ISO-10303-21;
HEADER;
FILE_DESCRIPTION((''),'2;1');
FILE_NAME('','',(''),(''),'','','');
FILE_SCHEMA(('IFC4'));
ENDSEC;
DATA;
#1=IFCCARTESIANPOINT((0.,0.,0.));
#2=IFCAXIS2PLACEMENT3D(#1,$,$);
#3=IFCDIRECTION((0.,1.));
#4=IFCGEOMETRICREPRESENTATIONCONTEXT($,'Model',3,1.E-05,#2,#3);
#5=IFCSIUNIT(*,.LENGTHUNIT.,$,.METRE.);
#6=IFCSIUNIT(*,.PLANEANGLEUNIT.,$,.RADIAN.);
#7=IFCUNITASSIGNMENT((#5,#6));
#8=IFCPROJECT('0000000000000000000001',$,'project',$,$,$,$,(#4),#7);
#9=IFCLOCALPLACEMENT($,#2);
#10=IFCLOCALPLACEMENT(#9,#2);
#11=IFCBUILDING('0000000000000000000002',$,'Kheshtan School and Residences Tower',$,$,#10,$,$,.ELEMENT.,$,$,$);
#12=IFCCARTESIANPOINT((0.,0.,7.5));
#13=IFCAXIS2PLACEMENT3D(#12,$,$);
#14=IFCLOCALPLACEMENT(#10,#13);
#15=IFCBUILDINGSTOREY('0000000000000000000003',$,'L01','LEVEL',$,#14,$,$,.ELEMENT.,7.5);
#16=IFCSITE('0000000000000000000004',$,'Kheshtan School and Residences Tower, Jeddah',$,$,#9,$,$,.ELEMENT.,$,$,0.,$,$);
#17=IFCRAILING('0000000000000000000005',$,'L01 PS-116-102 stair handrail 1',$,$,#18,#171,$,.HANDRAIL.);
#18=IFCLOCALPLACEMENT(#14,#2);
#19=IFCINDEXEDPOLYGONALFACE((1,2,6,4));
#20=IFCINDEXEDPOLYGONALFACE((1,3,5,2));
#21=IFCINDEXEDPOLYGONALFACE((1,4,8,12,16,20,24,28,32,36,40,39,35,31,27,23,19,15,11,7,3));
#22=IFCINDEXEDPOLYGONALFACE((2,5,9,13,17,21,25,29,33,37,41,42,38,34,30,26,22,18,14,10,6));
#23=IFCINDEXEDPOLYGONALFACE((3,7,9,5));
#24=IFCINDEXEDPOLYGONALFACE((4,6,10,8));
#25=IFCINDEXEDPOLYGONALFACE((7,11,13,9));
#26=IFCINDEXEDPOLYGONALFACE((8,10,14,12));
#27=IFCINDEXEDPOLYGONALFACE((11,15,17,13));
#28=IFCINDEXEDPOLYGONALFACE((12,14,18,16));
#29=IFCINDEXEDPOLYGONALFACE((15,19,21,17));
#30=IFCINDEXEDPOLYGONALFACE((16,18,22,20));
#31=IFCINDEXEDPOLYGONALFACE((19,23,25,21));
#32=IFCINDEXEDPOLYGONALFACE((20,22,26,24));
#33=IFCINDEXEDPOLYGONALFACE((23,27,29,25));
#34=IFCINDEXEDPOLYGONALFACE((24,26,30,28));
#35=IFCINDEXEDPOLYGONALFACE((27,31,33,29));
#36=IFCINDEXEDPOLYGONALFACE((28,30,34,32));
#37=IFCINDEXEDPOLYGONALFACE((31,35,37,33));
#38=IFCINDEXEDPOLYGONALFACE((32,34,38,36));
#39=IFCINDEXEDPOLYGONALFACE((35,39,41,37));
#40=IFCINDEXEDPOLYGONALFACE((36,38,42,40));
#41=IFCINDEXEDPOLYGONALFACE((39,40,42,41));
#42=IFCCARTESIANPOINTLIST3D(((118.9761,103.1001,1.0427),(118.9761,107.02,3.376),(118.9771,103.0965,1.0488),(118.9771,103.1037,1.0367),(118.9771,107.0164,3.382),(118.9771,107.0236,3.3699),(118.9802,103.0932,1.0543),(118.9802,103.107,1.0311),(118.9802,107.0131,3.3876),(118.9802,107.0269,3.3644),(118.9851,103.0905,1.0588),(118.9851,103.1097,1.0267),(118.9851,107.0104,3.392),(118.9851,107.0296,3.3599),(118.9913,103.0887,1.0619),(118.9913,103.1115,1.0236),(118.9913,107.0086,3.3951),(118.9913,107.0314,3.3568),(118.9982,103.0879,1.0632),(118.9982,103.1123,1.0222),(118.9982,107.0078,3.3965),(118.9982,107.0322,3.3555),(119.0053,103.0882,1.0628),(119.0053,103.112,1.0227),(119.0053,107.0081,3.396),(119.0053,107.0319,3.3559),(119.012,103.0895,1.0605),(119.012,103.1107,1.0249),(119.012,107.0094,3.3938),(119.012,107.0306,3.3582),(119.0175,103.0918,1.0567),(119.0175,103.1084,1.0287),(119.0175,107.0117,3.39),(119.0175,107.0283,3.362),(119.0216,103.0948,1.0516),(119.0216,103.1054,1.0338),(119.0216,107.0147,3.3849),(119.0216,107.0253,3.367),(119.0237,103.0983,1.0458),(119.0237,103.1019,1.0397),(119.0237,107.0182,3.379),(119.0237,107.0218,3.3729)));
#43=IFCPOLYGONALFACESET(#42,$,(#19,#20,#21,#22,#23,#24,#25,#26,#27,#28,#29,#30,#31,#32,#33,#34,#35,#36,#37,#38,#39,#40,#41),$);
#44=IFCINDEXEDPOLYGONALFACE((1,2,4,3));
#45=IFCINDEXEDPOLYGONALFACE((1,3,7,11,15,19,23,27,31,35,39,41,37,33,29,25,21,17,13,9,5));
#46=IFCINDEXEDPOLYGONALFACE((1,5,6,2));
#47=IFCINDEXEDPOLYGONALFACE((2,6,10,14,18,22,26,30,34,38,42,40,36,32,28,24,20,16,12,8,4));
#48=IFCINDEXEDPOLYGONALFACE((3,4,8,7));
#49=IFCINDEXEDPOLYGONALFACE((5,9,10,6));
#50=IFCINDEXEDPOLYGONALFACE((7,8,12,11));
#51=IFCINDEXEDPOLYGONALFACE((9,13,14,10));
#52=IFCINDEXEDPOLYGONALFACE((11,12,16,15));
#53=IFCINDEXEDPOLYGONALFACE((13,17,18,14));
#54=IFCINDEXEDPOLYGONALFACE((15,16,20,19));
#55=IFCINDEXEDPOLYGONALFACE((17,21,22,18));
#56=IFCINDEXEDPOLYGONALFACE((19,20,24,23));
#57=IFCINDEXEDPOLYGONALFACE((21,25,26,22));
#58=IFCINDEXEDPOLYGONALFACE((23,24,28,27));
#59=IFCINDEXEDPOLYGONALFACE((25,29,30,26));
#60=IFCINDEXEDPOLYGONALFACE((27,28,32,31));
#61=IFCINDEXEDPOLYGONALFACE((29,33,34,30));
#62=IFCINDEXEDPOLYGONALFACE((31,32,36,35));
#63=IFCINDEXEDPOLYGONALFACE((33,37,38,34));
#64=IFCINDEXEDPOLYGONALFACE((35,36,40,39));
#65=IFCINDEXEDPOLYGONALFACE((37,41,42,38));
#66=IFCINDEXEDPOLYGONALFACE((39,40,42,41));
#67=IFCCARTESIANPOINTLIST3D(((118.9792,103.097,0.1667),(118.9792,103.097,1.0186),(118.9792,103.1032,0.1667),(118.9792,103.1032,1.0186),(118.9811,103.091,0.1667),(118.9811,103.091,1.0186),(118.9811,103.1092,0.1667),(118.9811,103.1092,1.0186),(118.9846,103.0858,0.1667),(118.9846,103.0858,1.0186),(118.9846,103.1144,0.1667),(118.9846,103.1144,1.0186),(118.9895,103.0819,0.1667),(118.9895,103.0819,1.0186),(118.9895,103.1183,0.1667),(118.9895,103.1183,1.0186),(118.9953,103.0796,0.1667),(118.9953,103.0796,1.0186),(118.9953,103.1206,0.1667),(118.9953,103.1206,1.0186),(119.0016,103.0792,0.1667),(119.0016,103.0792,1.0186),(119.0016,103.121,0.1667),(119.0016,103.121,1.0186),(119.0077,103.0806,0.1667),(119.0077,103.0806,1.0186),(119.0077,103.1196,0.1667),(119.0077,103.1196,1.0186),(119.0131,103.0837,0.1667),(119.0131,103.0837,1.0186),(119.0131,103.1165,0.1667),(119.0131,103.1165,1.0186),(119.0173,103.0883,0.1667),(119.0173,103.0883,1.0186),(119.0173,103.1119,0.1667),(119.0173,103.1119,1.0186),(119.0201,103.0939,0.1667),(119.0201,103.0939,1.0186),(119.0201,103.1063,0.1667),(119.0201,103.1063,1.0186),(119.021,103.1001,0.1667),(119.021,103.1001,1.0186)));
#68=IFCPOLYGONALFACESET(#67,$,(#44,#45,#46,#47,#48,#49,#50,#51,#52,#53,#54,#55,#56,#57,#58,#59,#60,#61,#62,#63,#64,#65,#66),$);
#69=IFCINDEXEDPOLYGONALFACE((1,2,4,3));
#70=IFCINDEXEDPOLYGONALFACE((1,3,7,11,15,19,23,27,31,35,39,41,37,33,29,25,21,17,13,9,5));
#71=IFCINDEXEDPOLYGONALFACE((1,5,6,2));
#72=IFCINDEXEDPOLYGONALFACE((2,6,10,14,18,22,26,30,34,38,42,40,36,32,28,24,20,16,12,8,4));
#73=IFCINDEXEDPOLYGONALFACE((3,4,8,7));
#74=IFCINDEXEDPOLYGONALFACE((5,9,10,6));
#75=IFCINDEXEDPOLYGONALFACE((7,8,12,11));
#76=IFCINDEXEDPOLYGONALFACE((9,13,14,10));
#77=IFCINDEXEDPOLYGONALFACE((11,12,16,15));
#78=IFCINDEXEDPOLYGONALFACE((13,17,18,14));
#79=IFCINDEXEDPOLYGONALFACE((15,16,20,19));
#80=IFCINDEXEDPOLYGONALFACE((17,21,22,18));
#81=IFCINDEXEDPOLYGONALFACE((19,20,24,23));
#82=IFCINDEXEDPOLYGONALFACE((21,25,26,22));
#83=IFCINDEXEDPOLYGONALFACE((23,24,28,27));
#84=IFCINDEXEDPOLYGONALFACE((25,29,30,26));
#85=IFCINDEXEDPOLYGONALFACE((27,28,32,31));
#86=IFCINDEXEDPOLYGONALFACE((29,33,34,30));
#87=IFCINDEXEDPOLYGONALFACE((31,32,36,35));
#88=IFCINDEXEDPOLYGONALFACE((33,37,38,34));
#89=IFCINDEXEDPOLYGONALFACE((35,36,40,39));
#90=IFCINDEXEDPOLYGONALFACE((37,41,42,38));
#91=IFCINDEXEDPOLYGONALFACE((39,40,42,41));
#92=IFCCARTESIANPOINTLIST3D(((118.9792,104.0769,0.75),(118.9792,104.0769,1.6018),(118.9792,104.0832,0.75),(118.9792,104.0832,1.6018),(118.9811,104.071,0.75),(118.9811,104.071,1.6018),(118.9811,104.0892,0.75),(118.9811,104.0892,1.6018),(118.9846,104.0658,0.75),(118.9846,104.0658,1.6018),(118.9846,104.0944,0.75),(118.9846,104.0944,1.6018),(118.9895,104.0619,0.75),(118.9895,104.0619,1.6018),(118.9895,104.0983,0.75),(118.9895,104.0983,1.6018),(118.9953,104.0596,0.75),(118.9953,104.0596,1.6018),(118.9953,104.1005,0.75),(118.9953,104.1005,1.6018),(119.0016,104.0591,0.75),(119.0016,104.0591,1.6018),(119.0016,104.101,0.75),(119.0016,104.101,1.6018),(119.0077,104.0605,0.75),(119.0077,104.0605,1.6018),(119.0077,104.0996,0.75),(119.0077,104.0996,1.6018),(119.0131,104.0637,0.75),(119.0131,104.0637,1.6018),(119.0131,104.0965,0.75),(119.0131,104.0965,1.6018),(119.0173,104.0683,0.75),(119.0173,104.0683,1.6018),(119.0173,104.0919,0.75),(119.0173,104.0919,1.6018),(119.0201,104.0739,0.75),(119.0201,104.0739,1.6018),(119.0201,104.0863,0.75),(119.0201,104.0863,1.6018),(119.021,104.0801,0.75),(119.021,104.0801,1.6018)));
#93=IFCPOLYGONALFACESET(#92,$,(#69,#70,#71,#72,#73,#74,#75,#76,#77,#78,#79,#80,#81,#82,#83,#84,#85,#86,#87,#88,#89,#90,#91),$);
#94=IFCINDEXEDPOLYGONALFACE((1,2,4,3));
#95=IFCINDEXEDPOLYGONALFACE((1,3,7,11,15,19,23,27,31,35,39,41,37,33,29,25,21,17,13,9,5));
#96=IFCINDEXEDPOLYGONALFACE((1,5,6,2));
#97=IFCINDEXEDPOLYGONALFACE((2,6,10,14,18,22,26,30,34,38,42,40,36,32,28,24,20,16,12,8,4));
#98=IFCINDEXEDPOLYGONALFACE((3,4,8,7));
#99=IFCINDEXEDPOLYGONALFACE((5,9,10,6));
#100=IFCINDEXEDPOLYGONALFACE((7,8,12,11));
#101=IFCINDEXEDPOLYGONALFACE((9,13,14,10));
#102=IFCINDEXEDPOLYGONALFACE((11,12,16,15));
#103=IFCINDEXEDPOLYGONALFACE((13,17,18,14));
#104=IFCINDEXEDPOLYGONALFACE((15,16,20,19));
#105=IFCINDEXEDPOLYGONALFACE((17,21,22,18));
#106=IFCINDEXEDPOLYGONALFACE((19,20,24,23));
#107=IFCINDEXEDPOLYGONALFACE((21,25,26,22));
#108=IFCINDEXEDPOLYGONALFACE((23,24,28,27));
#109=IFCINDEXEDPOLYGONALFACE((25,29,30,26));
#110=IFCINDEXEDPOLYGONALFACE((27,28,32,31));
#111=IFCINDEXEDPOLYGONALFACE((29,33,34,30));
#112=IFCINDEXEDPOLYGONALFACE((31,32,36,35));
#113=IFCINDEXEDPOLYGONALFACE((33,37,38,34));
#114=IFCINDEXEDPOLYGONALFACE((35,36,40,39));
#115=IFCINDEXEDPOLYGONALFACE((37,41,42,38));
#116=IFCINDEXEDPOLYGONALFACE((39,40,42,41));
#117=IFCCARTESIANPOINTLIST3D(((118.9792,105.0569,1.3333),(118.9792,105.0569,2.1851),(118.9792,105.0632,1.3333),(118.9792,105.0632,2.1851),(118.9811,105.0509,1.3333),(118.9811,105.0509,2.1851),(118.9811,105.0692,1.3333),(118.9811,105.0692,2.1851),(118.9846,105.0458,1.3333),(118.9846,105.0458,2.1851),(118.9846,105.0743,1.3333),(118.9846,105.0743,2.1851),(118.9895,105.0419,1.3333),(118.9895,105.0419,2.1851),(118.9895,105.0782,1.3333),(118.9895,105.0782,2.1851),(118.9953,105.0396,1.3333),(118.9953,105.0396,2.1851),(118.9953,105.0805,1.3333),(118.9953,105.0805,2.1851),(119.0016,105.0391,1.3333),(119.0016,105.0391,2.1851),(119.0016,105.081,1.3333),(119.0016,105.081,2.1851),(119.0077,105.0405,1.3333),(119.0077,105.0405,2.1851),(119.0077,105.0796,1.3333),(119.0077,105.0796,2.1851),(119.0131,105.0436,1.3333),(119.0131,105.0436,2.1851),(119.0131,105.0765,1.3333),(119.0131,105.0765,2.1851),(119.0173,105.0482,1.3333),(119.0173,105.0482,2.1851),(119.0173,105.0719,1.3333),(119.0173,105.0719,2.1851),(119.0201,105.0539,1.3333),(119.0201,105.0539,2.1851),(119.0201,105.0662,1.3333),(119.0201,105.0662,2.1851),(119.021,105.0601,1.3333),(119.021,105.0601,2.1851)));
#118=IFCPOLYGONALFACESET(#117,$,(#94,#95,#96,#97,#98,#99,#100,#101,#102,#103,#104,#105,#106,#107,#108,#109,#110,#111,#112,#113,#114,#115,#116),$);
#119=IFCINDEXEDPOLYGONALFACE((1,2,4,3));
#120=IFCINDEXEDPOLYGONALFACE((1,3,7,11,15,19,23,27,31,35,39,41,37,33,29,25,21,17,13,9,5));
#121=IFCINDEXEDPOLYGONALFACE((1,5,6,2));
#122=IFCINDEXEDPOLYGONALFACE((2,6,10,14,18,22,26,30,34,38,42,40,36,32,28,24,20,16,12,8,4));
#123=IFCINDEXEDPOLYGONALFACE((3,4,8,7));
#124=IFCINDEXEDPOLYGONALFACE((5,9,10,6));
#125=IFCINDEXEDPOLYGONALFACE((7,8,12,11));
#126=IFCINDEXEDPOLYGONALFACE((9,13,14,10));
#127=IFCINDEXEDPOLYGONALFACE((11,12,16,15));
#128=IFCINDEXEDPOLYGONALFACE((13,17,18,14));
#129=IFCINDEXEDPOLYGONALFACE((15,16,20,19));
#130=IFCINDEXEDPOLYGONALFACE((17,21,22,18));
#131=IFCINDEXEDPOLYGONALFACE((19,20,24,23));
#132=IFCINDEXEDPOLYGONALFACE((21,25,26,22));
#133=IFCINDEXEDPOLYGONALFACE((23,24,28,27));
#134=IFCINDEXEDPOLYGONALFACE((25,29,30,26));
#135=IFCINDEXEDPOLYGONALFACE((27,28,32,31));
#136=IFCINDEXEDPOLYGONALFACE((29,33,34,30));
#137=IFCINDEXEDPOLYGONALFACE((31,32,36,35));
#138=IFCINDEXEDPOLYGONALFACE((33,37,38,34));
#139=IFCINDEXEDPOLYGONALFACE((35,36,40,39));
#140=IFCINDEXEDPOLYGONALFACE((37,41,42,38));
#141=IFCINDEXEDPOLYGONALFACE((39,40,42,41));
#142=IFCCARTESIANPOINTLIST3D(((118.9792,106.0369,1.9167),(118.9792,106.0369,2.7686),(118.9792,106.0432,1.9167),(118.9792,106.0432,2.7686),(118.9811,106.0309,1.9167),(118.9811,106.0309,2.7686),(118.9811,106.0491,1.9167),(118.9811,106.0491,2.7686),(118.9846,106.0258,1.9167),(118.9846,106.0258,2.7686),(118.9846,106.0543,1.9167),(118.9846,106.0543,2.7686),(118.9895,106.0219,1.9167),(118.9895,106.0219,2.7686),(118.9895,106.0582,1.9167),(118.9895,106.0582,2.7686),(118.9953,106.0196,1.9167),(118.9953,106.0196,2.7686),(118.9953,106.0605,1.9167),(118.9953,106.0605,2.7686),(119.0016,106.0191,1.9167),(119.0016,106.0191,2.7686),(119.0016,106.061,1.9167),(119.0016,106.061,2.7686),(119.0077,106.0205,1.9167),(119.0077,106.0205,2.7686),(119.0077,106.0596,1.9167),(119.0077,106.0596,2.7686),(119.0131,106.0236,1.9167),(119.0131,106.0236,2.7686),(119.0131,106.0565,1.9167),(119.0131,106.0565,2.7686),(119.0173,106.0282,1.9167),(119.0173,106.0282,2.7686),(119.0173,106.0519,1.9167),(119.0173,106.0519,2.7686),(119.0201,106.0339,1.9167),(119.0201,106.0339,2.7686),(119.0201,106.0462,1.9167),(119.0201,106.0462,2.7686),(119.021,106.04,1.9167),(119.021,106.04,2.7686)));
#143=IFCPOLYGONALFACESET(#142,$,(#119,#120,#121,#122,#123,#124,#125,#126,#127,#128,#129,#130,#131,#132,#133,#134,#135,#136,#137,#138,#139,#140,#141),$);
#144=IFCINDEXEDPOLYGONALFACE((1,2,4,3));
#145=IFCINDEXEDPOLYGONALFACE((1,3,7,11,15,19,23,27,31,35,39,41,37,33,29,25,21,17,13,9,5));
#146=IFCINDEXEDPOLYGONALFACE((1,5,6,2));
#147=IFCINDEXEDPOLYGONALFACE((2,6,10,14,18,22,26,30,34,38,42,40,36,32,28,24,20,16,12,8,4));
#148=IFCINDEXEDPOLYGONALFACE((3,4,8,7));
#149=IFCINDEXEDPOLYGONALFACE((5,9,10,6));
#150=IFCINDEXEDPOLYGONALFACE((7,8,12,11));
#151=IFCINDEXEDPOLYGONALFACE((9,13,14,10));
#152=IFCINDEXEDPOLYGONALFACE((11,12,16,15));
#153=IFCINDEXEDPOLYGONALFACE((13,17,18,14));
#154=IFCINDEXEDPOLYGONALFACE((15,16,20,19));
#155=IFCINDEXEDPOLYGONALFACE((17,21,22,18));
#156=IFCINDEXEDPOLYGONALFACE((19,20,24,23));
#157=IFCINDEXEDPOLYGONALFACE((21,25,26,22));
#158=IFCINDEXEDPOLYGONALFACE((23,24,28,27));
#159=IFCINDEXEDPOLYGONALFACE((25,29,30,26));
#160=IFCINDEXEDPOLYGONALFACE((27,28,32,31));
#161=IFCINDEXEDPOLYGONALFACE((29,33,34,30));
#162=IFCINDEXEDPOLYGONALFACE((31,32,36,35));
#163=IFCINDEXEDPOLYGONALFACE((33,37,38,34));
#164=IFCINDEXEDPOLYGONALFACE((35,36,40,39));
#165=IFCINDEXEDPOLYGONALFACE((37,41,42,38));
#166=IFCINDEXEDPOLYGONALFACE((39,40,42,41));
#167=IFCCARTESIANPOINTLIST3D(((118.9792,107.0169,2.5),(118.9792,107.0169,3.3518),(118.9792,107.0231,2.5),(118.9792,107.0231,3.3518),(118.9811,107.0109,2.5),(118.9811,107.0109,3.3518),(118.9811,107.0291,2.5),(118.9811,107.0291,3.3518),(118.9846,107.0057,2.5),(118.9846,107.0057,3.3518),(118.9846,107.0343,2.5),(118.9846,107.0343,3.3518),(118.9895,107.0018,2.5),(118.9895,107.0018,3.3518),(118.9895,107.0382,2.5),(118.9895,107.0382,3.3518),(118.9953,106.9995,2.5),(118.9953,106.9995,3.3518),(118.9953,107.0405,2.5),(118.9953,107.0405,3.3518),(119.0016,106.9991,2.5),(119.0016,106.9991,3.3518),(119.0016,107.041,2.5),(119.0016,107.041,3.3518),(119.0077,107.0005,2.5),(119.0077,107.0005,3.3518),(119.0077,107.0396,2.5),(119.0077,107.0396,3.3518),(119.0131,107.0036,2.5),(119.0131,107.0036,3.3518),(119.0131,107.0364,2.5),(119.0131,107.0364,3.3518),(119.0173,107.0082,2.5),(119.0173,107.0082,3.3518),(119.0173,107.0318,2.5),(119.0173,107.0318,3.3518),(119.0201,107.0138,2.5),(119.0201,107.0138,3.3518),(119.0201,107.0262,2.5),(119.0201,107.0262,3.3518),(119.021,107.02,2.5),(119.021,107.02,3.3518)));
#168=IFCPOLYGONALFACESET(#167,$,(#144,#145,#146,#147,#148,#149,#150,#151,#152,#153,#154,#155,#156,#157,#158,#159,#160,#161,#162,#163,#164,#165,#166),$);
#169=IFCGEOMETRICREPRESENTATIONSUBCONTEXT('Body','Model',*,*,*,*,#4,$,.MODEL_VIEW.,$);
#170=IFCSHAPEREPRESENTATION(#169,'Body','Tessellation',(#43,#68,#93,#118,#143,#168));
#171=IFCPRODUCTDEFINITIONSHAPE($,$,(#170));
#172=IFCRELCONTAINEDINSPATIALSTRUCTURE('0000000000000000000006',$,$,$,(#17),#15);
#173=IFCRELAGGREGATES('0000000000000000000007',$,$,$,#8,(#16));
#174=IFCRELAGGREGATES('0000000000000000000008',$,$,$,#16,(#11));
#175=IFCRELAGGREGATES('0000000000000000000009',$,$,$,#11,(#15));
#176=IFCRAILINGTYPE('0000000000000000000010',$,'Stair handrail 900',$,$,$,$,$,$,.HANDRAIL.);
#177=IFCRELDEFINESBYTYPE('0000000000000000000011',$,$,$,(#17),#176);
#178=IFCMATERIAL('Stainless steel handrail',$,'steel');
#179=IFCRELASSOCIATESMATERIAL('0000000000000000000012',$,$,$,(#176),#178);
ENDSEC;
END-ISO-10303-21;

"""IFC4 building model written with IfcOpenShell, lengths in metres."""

from ifc_helpers import new_model, si_unit, direction, frame, origin, origin_2d, place, context, subcontext, project, spatial, circle, extrude, material, type_object, element, save


model = new_model("IFC4")

# Units and contexts
model_context = context("Model", 3, precision=1e-05, world=origin(), true_north=direction((0.0, 1.0)))
body_context = subcontext(model_context, "Body", "Model", "MODEL_VIEW")
ifc_project = project(units=[si_unit("LENGTHUNIT", "METRE"), si_unit("PLANEANGLEUNIT", "RADIAN")], contexts=[model_context])

# Site, building, storey
site_placement = place(None, origin())
site = spatial("IfcSite", under=ifc_project, at=site_placement, Name="Kheshtan School and Residences Tower, Jeddah", CompositionType="ELEMENT", RefElevation=0.0)
building_placement = place(site_placement, origin())
building = spatial("IfcBuilding", under=site, at=building_placement, Name="Kheshtan School and Residences Tower", CompositionType="ELEMENT")
storey_placement = place(building_placement, frame((0.0, 0.0, 7.5)))
storey = spatial("IfcBuildingStorey", under=building, at=storey_placement, Name="L01", Description="LEVEL", CompositionType="ELEMENT", Elevation=7.5)

# Railing
ifc_material_1 = material(Name="Stainless steel handrail", Category="steel")
railing_type = type_object("IfcRailingType", Name="Stair handrail 900", PredefinedType="HANDRAIL", material=ifc_material_1)
railing_placement = place(storey_placement, frame((119.0, 103.1001, 0.1667)))
element("IfcRailing", 1, at=railing_placement, inside=storey, type_object=railing_type, Name="L01 PS-116-102 stair handrail 1", PredefinedType="HANDRAIL", context=body_context, shape_type="SweptSolid", body=[
    extrude(circle(Radius=0.0239, at=origin_2d()), frame((0.0, 0.0, 0.876), z_axis=(0.0, 0.859296, 0.511478), x_axis=(-1.0, 0.0, 0.0)), (0.0, 0.0, 1.0), 4.5618),
    extrude(circle(Radius=0.021, at=origin_2d()), origin(), (0.0, 0.0, 1.0), 0.8518),
    extrude(circle(Radius=0.021, at=origin_2d()), frame((0.0, 0.98, 0.5833)), (0.0, 0.0, 1.0), 0.8518),
    extrude(circle(Radius=0.021, at=origin_2d()), frame((0.0, 1.96, 1.1665)), (0.0, 0.0, 1.0), 0.8518),
    extrude(circle(Radius=0.021, at=origin_2d()), frame((0.0, 2.9399, 1.75)), (0.0, 0.0, 1.0), 0.8518),
    extrude(circle(Radius=0.021, at=origin_2d()), frame((0.0, 3.9199, 2.3333)), (0.0, 0.0, 1.0), 0.8518),
])

save(model, "model.ifc")
